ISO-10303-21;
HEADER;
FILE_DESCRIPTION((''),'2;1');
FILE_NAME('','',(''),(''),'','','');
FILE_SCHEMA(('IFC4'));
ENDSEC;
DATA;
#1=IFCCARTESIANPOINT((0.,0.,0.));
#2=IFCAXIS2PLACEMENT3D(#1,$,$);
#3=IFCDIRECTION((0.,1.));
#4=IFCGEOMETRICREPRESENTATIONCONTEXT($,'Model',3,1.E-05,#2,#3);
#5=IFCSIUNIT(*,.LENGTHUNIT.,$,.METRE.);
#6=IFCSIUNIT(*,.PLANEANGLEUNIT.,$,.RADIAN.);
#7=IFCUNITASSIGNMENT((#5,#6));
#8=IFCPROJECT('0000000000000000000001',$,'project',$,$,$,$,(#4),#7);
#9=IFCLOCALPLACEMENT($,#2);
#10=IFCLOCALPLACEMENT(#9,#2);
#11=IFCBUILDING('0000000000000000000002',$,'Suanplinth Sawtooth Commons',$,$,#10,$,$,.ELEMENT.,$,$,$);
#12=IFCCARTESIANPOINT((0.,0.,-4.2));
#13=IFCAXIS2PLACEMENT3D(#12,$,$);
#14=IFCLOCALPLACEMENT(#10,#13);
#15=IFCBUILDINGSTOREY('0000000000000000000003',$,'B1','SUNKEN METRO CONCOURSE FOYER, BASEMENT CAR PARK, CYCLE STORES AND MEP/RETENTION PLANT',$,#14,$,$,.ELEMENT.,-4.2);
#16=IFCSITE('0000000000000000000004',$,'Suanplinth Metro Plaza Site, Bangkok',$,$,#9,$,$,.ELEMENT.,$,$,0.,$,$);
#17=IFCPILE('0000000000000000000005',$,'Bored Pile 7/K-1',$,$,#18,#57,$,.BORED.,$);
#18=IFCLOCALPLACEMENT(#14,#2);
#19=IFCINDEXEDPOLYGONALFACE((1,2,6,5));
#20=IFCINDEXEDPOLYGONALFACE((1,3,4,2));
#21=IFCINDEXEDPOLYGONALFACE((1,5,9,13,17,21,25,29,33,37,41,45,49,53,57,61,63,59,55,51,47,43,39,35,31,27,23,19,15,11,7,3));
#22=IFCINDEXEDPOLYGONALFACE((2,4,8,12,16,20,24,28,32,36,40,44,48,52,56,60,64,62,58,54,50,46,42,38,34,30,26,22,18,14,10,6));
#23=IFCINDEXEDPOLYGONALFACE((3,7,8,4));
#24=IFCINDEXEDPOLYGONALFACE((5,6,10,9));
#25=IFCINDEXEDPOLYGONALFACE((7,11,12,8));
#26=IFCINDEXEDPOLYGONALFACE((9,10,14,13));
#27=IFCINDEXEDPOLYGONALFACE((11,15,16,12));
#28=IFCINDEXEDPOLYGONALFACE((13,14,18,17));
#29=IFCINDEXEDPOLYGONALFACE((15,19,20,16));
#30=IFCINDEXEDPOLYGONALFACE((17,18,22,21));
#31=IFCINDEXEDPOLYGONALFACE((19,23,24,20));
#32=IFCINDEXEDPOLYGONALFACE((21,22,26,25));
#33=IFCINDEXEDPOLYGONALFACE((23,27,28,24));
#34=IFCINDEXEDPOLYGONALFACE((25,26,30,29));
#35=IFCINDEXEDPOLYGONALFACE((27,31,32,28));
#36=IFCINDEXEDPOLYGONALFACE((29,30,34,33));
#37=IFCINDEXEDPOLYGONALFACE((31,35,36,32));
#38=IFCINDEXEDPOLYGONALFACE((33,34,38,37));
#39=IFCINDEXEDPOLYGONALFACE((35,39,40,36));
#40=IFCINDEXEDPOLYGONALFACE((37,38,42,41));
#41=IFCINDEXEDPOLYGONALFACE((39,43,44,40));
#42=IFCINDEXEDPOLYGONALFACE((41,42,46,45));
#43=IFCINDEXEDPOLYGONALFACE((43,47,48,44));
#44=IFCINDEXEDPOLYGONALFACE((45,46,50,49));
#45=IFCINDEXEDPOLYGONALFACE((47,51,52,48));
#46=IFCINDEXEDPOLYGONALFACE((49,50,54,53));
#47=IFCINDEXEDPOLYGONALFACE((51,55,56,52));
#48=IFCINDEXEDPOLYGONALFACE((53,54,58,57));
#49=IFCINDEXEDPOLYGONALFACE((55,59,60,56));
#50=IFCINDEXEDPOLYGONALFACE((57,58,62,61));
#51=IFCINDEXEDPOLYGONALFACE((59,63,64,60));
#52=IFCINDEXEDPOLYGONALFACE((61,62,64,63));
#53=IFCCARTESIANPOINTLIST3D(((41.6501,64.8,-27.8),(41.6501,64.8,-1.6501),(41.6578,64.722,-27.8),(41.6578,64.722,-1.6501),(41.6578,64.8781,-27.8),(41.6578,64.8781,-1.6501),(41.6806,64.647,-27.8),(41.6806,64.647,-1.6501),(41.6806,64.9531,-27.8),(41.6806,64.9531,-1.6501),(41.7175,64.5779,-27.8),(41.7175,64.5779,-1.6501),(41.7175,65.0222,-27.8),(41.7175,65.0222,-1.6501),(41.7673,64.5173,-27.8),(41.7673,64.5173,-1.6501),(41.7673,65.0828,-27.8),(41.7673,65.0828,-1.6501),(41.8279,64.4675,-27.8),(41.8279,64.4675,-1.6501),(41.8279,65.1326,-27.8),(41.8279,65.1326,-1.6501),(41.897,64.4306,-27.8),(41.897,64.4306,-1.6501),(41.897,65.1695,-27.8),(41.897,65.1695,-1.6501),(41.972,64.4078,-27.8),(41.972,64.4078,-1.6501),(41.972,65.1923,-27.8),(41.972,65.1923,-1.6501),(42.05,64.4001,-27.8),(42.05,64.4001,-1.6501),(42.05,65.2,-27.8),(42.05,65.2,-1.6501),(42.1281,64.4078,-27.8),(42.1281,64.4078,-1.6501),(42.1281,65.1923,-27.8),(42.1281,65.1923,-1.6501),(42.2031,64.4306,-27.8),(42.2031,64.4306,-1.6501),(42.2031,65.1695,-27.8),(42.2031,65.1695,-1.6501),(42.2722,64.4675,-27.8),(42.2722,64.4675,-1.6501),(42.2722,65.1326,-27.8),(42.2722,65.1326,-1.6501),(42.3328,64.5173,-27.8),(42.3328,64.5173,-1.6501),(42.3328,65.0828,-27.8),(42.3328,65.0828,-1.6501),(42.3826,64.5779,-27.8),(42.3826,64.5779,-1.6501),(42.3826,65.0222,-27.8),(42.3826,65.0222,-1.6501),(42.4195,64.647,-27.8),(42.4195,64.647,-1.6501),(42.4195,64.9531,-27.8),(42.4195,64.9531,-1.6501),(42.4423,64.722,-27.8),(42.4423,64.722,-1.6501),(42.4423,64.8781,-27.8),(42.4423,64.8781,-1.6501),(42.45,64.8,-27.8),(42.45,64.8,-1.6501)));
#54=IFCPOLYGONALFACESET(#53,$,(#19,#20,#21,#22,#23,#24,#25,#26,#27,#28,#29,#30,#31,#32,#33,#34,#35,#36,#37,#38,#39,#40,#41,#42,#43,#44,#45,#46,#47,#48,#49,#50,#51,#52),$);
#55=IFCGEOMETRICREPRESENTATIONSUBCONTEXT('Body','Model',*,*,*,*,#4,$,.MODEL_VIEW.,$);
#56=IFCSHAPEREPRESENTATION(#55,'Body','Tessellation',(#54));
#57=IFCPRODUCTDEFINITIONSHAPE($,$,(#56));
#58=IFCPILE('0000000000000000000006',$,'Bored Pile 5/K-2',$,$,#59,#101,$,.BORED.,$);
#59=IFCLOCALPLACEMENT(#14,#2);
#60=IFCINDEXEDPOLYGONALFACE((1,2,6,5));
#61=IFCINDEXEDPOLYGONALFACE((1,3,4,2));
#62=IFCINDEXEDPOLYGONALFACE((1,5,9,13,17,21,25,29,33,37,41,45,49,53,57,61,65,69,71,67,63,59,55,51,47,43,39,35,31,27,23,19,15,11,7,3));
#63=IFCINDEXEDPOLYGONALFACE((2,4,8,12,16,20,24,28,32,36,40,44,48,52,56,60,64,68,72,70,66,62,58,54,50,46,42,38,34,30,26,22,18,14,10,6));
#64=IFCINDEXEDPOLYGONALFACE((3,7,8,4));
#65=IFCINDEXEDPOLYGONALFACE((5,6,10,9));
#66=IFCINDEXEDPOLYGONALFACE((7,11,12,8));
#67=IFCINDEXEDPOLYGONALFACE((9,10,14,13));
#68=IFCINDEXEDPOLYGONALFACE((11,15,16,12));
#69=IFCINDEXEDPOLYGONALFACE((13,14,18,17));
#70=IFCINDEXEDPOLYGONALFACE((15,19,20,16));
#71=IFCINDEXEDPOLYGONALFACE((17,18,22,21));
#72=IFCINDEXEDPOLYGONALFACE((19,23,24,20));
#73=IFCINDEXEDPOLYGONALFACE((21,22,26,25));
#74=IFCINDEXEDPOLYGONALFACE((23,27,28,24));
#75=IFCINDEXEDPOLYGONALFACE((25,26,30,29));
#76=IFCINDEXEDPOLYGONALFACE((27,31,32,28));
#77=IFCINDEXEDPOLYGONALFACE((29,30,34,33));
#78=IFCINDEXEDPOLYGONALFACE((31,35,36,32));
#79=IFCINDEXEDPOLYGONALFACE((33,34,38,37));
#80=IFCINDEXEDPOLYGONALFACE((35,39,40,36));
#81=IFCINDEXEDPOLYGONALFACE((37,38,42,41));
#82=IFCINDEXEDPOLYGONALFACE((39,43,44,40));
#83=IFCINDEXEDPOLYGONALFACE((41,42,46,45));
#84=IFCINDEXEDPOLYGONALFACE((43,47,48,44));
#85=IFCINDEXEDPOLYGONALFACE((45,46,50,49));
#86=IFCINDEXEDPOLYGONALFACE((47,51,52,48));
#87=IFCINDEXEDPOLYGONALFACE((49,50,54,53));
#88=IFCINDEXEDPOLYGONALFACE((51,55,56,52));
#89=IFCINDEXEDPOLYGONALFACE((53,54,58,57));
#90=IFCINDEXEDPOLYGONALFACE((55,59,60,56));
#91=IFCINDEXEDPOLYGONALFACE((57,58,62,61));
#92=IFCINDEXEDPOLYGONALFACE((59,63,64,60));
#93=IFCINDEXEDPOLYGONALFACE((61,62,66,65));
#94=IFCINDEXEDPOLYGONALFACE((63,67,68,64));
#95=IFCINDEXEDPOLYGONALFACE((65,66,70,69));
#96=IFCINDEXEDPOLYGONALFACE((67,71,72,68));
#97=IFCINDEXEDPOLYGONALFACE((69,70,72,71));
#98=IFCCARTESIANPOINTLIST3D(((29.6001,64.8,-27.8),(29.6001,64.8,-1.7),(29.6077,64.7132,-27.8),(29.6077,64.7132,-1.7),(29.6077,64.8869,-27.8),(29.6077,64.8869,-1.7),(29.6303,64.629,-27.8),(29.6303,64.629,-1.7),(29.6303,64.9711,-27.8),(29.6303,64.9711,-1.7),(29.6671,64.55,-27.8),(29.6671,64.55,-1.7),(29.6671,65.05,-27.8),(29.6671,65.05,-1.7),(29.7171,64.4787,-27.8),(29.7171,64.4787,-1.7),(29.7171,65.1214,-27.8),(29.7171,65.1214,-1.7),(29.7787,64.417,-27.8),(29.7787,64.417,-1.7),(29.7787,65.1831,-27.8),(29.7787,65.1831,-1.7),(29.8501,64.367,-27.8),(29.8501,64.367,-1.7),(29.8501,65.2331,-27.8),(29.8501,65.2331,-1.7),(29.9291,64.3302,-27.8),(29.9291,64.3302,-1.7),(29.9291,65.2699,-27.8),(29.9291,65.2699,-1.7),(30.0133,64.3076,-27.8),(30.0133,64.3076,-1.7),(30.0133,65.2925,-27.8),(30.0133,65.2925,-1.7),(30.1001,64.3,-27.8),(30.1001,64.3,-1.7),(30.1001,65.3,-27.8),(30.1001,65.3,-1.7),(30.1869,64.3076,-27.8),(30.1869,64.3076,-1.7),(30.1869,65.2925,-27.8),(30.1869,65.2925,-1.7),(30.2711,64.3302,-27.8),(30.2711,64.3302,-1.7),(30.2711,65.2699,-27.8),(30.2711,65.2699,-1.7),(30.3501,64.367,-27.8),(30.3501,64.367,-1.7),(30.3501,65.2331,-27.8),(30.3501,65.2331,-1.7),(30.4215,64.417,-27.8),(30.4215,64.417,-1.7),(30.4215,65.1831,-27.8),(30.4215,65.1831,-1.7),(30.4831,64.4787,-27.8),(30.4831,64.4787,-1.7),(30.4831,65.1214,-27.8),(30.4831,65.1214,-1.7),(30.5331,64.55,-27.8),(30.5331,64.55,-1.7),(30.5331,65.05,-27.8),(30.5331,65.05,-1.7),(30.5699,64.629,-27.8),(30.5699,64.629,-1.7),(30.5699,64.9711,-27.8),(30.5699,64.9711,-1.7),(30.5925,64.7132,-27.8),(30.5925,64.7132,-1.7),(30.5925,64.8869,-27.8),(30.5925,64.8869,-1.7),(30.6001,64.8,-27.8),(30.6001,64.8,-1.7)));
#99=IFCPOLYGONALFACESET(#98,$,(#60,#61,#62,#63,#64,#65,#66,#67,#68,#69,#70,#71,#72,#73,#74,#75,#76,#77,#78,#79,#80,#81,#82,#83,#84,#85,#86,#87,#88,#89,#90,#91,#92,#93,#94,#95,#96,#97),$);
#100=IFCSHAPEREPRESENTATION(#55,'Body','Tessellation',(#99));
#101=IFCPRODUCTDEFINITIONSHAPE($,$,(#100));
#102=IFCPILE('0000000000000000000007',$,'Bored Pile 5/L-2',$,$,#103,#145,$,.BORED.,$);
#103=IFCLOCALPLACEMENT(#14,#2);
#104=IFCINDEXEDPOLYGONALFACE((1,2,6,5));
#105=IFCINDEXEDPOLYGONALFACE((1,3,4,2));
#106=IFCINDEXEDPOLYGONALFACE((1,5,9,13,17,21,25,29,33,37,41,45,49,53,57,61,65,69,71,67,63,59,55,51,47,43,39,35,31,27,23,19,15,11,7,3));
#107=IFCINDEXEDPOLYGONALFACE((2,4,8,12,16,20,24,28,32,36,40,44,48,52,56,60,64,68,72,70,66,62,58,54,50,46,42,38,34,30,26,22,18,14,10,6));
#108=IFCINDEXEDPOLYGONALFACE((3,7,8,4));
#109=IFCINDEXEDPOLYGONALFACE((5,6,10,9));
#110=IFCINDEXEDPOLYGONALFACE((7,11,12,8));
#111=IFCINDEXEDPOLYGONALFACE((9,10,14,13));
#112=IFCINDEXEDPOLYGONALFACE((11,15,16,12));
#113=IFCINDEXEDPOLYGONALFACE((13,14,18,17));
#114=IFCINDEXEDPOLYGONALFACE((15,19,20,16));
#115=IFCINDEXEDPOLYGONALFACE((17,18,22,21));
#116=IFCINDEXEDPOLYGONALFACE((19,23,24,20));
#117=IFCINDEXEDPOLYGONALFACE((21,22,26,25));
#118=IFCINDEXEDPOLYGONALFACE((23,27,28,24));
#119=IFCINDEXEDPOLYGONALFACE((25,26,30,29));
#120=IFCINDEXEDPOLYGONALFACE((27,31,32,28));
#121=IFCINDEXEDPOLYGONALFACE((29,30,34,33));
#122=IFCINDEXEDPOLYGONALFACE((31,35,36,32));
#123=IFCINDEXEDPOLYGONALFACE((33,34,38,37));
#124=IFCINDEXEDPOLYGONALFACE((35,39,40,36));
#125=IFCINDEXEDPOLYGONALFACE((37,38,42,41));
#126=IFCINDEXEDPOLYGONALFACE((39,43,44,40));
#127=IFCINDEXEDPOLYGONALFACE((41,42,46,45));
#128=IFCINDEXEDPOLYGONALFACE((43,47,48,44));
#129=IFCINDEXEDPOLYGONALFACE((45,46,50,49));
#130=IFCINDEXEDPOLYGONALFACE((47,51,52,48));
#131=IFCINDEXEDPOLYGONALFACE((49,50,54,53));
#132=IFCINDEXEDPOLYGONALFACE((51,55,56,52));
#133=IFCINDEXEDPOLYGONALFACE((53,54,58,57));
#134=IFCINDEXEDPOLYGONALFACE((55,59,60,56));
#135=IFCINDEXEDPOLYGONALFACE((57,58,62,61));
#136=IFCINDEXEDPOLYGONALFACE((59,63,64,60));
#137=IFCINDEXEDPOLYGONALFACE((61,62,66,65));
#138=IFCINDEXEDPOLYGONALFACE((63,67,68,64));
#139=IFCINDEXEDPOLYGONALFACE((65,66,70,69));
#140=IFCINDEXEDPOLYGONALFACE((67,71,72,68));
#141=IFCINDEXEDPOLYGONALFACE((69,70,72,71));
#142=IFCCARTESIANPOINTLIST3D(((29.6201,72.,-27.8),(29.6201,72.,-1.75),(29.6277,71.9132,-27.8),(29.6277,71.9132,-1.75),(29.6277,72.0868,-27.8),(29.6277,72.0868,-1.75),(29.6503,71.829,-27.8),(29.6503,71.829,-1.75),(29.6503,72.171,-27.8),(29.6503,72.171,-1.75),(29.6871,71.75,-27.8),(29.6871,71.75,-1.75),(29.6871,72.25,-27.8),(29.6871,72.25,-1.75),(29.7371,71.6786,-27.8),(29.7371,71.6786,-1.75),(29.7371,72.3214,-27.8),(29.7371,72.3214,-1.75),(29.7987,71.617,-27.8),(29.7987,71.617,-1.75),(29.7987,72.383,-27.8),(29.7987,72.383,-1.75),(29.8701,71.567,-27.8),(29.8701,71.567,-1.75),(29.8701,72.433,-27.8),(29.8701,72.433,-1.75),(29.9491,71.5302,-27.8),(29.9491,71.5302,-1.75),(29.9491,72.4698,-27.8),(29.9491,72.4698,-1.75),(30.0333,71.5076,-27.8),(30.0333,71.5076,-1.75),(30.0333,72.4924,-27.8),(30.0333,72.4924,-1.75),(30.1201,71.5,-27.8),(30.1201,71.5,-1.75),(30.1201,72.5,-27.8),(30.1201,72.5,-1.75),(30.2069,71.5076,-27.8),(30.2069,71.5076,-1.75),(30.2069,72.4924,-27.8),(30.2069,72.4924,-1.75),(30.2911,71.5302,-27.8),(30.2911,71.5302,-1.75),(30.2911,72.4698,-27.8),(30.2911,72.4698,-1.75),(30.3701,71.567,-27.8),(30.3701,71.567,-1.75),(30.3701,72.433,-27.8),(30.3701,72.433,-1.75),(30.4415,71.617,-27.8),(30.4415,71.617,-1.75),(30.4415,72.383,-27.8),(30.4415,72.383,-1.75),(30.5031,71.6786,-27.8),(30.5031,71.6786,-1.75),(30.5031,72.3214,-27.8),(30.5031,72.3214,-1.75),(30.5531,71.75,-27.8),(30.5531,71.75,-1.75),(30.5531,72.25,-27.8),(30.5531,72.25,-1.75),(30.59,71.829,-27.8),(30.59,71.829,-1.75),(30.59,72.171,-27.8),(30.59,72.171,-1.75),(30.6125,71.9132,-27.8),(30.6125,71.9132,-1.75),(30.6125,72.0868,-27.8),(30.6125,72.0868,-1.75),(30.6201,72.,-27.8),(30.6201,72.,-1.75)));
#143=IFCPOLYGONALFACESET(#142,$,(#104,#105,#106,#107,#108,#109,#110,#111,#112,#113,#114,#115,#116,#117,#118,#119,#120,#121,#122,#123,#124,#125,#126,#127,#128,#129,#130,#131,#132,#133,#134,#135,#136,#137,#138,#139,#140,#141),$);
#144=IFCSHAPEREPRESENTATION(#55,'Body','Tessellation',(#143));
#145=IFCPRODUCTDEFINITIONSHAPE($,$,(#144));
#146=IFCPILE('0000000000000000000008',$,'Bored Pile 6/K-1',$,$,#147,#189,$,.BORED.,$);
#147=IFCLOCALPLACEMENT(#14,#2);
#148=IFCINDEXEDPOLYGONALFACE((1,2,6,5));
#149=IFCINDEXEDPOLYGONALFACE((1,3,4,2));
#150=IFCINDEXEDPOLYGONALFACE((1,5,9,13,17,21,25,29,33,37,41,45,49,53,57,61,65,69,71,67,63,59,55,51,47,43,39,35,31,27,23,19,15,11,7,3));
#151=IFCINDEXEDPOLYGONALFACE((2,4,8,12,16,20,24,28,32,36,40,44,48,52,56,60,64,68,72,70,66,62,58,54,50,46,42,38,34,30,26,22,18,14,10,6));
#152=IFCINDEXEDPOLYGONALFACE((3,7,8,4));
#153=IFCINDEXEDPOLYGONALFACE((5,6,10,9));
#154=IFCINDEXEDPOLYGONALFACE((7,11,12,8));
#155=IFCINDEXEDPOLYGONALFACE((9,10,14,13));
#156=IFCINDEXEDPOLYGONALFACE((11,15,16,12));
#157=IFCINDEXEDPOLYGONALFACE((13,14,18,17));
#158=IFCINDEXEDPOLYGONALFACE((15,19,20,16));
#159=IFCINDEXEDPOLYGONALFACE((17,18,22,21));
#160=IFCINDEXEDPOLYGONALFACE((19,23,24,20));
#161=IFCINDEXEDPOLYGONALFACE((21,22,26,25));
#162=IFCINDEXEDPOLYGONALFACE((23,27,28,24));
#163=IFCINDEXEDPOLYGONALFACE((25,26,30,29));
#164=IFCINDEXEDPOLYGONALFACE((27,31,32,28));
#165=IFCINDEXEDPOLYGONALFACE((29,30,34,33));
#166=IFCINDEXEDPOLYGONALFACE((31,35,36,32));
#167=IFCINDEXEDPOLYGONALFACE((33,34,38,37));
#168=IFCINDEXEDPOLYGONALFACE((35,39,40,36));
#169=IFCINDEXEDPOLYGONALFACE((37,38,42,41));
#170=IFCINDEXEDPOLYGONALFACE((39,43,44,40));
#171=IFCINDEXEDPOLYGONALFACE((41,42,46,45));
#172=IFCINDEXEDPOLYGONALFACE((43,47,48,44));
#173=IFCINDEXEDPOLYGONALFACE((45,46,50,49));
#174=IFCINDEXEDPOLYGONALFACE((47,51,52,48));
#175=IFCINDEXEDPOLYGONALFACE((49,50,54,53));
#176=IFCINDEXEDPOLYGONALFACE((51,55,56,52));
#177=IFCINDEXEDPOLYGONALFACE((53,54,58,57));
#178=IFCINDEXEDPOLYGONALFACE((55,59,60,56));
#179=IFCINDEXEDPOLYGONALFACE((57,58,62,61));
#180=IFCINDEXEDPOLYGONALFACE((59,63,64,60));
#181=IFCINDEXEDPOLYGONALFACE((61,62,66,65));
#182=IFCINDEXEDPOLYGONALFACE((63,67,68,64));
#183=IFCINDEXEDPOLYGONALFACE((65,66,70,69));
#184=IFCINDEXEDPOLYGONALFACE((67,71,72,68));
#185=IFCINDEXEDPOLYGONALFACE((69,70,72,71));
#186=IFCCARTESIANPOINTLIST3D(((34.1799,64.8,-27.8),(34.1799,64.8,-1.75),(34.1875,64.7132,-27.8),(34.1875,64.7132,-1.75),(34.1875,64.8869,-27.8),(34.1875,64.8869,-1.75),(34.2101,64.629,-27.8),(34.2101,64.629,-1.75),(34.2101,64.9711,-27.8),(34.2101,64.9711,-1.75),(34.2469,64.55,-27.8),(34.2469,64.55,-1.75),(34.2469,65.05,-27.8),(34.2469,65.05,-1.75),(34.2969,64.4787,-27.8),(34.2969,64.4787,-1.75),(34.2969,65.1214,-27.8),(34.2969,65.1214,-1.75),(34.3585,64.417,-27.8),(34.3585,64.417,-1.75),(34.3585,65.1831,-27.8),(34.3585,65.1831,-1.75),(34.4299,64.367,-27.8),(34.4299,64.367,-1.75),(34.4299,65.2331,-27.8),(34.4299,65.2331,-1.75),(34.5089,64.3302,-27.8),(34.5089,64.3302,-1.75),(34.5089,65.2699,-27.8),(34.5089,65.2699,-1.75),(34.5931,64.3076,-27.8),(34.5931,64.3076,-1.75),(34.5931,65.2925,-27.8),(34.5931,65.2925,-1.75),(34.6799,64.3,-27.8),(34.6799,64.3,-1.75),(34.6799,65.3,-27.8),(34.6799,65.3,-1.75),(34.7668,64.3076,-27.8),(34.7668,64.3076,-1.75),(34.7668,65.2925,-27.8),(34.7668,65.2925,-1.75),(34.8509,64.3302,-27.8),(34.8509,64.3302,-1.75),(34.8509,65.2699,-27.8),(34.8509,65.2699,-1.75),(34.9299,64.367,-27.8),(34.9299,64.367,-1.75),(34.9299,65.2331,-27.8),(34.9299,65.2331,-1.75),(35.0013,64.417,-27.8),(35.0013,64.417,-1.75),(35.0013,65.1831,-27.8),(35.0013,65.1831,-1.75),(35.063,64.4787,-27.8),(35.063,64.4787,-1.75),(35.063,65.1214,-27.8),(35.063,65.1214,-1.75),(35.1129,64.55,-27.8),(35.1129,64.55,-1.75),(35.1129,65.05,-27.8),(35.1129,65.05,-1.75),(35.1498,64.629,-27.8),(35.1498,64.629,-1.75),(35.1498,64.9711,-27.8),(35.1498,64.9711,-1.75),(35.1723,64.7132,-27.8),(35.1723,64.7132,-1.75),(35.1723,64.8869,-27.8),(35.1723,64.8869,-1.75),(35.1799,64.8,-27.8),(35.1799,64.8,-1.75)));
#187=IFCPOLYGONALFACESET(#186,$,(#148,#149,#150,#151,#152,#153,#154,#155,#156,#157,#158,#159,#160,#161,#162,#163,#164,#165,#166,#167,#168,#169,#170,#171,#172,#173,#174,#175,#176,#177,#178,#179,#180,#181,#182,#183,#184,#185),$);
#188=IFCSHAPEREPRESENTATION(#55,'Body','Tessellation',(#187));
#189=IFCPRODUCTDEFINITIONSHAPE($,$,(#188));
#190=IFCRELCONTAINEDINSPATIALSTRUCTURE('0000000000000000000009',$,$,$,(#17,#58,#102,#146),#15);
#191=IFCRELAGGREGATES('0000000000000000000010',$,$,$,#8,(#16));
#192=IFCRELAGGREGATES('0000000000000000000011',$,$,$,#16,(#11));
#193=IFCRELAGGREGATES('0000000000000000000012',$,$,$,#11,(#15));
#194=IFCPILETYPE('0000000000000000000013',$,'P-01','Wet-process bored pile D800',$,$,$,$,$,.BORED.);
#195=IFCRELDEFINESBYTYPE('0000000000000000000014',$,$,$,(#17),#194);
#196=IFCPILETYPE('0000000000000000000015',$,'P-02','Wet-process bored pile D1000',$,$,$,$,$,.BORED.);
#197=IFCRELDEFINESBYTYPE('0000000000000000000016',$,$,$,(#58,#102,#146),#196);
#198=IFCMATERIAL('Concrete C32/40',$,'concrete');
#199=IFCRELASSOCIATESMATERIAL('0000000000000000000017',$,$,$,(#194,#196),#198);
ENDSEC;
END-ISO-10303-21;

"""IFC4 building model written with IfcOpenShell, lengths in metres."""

from ifc_helpers import new_model, si_unit, direction, frame, origin, origin_2d, place, context, subcontext, project, spatial, circle, extrude, material, material_profile, profile_set, type_object, element, save


model = new_model("IFC4")

# Units and contexts
model_context = context("Model", 3, precision=1e-05, world=origin(), true_north=direction((0.0, 1.0)))
body_context = subcontext(model_context, "Body", "Model", "MODEL_VIEW")
ifc_project = project(units=[si_unit("LENGTHUNIT", "METRE"), si_unit("PLANEANGLEUNIT", "RADIAN")], contexts=[model_context])

# Site, building, storey
site_placement = place(None, origin())
site = spatial("IfcSite", under=ifc_project, at=site_placement, Name="Suanplinth Metro Plaza Site, Bangkok", CompositionType="ELEMENT", RefElevation=0.0)
building_placement = place(site_placement, origin())
building = spatial("IfcBuilding", under=site, at=building_placement, Name="Suanplinth Sawtooth Commons", CompositionType="ELEMENT")
storey_placement = place(building_placement, frame((0.0, 0.0, -4.2)))
storey = spatial("IfcBuildingStorey", under=building, at=storey_placement, Name="B1", Description="SUNKEN METRO CONCOURSE FOYER, BASEMENT CAR PARK, CYCLE STORES AND MEP/RETENTION PLANT", CompositionType="ELEMENT", Elevation=-4.2)

# Piles
ifc_material_1 = material(Name="Concrete C32/40", Category="concrete")
ifc_material_profile_1 = material_profile(ifc_material_1, circle(Radius=0.3999, at=origin_2d()), Name="PILE D800")
ifc_profile_set_1 = profile_set([ifc_material_profile_1], Name="Concrete C32/40")
pile_type_1 = type_object("IfcPileType", Name="P-01", Description="Wet-process bored pile D800", PredefinedType="BORED", material=ifc_profile_set_1)
pile_1_placement = place(storey_placement, frame((42.05, 64.8, -1.6501), z_axis=(0.0, 0.0, -1.0), x_axis=(1.0, 0.0, 0.0)))
element("IfcPile", 1, at=pile_1_placement, inside=storey, type_object=pile_type_1, Name="Bored Pile 7/K-1", PredefinedType="BORED", context=body_context, shape_type="SweptSolid", body=[
    extrude(circle(Radius=0.3999, at=origin_2d()), origin(), (0.0, 0.0, 1.0), 26.1499),
])
ifc_material_profile_2 = material_profile(ifc_material_1, circle(Radius=0.5, at=origin_2d()), Name="PILE D1000")
ifc_profile_set_2 = profile_set([ifc_material_profile_2], Name="Concrete C32/40")
pile_type_2 = type_object("IfcPileType", Name="P-02", Description="Wet-process bored pile D1000", PredefinedType="BORED", material=ifc_profile_set_2)
pile_2_placement = place(storey_placement, frame((30.1001, 64.8, -1.7), z_axis=(0.0, 0.0, -1.0), x_axis=(1.0, 0.0, 0.0)))
element("IfcPile", 2, at=pile_2_placement, inside=storey, type_object=pile_type_2, Name="Bored Pile 5/K-2", PredefinedType="BORED", context=body_context, shape_type="SweptSolid", body=[
    extrude(circle(Radius=0.5, at=origin_2d()), origin(), (0.0, 0.0, 1.0), 26.1001),
])
for number, where, z_axis, x_axis, name in (
    (3, (30.1201, 72.0, -1.75), (0.0, 0.0, -1.0), (1.0, 0.0, 0.0), "Bored Pile 5/L-2"),
    (4, (34.6799, 64.8, -1.75), (0.0, 0.0, -1.0), (1.0, 0.0, 0.0), "Bored Pile 6/K-1"),
):
    element("IfcPile", number, at=place(storey_placement, frame(where, z_axis=z_axis, x_axis=x_axis)), inside=storey, type_object=pile_type_2, Name=name, PredefinedType="BORED", context=body_context, shape_type="SweptSolid", body=[
        extrude(circle(Radius=0.5, at=origin_2d()), origin(), (0.0, 0.0, 1.0), 26.05),
    ])

save(model, "model.ifc")
